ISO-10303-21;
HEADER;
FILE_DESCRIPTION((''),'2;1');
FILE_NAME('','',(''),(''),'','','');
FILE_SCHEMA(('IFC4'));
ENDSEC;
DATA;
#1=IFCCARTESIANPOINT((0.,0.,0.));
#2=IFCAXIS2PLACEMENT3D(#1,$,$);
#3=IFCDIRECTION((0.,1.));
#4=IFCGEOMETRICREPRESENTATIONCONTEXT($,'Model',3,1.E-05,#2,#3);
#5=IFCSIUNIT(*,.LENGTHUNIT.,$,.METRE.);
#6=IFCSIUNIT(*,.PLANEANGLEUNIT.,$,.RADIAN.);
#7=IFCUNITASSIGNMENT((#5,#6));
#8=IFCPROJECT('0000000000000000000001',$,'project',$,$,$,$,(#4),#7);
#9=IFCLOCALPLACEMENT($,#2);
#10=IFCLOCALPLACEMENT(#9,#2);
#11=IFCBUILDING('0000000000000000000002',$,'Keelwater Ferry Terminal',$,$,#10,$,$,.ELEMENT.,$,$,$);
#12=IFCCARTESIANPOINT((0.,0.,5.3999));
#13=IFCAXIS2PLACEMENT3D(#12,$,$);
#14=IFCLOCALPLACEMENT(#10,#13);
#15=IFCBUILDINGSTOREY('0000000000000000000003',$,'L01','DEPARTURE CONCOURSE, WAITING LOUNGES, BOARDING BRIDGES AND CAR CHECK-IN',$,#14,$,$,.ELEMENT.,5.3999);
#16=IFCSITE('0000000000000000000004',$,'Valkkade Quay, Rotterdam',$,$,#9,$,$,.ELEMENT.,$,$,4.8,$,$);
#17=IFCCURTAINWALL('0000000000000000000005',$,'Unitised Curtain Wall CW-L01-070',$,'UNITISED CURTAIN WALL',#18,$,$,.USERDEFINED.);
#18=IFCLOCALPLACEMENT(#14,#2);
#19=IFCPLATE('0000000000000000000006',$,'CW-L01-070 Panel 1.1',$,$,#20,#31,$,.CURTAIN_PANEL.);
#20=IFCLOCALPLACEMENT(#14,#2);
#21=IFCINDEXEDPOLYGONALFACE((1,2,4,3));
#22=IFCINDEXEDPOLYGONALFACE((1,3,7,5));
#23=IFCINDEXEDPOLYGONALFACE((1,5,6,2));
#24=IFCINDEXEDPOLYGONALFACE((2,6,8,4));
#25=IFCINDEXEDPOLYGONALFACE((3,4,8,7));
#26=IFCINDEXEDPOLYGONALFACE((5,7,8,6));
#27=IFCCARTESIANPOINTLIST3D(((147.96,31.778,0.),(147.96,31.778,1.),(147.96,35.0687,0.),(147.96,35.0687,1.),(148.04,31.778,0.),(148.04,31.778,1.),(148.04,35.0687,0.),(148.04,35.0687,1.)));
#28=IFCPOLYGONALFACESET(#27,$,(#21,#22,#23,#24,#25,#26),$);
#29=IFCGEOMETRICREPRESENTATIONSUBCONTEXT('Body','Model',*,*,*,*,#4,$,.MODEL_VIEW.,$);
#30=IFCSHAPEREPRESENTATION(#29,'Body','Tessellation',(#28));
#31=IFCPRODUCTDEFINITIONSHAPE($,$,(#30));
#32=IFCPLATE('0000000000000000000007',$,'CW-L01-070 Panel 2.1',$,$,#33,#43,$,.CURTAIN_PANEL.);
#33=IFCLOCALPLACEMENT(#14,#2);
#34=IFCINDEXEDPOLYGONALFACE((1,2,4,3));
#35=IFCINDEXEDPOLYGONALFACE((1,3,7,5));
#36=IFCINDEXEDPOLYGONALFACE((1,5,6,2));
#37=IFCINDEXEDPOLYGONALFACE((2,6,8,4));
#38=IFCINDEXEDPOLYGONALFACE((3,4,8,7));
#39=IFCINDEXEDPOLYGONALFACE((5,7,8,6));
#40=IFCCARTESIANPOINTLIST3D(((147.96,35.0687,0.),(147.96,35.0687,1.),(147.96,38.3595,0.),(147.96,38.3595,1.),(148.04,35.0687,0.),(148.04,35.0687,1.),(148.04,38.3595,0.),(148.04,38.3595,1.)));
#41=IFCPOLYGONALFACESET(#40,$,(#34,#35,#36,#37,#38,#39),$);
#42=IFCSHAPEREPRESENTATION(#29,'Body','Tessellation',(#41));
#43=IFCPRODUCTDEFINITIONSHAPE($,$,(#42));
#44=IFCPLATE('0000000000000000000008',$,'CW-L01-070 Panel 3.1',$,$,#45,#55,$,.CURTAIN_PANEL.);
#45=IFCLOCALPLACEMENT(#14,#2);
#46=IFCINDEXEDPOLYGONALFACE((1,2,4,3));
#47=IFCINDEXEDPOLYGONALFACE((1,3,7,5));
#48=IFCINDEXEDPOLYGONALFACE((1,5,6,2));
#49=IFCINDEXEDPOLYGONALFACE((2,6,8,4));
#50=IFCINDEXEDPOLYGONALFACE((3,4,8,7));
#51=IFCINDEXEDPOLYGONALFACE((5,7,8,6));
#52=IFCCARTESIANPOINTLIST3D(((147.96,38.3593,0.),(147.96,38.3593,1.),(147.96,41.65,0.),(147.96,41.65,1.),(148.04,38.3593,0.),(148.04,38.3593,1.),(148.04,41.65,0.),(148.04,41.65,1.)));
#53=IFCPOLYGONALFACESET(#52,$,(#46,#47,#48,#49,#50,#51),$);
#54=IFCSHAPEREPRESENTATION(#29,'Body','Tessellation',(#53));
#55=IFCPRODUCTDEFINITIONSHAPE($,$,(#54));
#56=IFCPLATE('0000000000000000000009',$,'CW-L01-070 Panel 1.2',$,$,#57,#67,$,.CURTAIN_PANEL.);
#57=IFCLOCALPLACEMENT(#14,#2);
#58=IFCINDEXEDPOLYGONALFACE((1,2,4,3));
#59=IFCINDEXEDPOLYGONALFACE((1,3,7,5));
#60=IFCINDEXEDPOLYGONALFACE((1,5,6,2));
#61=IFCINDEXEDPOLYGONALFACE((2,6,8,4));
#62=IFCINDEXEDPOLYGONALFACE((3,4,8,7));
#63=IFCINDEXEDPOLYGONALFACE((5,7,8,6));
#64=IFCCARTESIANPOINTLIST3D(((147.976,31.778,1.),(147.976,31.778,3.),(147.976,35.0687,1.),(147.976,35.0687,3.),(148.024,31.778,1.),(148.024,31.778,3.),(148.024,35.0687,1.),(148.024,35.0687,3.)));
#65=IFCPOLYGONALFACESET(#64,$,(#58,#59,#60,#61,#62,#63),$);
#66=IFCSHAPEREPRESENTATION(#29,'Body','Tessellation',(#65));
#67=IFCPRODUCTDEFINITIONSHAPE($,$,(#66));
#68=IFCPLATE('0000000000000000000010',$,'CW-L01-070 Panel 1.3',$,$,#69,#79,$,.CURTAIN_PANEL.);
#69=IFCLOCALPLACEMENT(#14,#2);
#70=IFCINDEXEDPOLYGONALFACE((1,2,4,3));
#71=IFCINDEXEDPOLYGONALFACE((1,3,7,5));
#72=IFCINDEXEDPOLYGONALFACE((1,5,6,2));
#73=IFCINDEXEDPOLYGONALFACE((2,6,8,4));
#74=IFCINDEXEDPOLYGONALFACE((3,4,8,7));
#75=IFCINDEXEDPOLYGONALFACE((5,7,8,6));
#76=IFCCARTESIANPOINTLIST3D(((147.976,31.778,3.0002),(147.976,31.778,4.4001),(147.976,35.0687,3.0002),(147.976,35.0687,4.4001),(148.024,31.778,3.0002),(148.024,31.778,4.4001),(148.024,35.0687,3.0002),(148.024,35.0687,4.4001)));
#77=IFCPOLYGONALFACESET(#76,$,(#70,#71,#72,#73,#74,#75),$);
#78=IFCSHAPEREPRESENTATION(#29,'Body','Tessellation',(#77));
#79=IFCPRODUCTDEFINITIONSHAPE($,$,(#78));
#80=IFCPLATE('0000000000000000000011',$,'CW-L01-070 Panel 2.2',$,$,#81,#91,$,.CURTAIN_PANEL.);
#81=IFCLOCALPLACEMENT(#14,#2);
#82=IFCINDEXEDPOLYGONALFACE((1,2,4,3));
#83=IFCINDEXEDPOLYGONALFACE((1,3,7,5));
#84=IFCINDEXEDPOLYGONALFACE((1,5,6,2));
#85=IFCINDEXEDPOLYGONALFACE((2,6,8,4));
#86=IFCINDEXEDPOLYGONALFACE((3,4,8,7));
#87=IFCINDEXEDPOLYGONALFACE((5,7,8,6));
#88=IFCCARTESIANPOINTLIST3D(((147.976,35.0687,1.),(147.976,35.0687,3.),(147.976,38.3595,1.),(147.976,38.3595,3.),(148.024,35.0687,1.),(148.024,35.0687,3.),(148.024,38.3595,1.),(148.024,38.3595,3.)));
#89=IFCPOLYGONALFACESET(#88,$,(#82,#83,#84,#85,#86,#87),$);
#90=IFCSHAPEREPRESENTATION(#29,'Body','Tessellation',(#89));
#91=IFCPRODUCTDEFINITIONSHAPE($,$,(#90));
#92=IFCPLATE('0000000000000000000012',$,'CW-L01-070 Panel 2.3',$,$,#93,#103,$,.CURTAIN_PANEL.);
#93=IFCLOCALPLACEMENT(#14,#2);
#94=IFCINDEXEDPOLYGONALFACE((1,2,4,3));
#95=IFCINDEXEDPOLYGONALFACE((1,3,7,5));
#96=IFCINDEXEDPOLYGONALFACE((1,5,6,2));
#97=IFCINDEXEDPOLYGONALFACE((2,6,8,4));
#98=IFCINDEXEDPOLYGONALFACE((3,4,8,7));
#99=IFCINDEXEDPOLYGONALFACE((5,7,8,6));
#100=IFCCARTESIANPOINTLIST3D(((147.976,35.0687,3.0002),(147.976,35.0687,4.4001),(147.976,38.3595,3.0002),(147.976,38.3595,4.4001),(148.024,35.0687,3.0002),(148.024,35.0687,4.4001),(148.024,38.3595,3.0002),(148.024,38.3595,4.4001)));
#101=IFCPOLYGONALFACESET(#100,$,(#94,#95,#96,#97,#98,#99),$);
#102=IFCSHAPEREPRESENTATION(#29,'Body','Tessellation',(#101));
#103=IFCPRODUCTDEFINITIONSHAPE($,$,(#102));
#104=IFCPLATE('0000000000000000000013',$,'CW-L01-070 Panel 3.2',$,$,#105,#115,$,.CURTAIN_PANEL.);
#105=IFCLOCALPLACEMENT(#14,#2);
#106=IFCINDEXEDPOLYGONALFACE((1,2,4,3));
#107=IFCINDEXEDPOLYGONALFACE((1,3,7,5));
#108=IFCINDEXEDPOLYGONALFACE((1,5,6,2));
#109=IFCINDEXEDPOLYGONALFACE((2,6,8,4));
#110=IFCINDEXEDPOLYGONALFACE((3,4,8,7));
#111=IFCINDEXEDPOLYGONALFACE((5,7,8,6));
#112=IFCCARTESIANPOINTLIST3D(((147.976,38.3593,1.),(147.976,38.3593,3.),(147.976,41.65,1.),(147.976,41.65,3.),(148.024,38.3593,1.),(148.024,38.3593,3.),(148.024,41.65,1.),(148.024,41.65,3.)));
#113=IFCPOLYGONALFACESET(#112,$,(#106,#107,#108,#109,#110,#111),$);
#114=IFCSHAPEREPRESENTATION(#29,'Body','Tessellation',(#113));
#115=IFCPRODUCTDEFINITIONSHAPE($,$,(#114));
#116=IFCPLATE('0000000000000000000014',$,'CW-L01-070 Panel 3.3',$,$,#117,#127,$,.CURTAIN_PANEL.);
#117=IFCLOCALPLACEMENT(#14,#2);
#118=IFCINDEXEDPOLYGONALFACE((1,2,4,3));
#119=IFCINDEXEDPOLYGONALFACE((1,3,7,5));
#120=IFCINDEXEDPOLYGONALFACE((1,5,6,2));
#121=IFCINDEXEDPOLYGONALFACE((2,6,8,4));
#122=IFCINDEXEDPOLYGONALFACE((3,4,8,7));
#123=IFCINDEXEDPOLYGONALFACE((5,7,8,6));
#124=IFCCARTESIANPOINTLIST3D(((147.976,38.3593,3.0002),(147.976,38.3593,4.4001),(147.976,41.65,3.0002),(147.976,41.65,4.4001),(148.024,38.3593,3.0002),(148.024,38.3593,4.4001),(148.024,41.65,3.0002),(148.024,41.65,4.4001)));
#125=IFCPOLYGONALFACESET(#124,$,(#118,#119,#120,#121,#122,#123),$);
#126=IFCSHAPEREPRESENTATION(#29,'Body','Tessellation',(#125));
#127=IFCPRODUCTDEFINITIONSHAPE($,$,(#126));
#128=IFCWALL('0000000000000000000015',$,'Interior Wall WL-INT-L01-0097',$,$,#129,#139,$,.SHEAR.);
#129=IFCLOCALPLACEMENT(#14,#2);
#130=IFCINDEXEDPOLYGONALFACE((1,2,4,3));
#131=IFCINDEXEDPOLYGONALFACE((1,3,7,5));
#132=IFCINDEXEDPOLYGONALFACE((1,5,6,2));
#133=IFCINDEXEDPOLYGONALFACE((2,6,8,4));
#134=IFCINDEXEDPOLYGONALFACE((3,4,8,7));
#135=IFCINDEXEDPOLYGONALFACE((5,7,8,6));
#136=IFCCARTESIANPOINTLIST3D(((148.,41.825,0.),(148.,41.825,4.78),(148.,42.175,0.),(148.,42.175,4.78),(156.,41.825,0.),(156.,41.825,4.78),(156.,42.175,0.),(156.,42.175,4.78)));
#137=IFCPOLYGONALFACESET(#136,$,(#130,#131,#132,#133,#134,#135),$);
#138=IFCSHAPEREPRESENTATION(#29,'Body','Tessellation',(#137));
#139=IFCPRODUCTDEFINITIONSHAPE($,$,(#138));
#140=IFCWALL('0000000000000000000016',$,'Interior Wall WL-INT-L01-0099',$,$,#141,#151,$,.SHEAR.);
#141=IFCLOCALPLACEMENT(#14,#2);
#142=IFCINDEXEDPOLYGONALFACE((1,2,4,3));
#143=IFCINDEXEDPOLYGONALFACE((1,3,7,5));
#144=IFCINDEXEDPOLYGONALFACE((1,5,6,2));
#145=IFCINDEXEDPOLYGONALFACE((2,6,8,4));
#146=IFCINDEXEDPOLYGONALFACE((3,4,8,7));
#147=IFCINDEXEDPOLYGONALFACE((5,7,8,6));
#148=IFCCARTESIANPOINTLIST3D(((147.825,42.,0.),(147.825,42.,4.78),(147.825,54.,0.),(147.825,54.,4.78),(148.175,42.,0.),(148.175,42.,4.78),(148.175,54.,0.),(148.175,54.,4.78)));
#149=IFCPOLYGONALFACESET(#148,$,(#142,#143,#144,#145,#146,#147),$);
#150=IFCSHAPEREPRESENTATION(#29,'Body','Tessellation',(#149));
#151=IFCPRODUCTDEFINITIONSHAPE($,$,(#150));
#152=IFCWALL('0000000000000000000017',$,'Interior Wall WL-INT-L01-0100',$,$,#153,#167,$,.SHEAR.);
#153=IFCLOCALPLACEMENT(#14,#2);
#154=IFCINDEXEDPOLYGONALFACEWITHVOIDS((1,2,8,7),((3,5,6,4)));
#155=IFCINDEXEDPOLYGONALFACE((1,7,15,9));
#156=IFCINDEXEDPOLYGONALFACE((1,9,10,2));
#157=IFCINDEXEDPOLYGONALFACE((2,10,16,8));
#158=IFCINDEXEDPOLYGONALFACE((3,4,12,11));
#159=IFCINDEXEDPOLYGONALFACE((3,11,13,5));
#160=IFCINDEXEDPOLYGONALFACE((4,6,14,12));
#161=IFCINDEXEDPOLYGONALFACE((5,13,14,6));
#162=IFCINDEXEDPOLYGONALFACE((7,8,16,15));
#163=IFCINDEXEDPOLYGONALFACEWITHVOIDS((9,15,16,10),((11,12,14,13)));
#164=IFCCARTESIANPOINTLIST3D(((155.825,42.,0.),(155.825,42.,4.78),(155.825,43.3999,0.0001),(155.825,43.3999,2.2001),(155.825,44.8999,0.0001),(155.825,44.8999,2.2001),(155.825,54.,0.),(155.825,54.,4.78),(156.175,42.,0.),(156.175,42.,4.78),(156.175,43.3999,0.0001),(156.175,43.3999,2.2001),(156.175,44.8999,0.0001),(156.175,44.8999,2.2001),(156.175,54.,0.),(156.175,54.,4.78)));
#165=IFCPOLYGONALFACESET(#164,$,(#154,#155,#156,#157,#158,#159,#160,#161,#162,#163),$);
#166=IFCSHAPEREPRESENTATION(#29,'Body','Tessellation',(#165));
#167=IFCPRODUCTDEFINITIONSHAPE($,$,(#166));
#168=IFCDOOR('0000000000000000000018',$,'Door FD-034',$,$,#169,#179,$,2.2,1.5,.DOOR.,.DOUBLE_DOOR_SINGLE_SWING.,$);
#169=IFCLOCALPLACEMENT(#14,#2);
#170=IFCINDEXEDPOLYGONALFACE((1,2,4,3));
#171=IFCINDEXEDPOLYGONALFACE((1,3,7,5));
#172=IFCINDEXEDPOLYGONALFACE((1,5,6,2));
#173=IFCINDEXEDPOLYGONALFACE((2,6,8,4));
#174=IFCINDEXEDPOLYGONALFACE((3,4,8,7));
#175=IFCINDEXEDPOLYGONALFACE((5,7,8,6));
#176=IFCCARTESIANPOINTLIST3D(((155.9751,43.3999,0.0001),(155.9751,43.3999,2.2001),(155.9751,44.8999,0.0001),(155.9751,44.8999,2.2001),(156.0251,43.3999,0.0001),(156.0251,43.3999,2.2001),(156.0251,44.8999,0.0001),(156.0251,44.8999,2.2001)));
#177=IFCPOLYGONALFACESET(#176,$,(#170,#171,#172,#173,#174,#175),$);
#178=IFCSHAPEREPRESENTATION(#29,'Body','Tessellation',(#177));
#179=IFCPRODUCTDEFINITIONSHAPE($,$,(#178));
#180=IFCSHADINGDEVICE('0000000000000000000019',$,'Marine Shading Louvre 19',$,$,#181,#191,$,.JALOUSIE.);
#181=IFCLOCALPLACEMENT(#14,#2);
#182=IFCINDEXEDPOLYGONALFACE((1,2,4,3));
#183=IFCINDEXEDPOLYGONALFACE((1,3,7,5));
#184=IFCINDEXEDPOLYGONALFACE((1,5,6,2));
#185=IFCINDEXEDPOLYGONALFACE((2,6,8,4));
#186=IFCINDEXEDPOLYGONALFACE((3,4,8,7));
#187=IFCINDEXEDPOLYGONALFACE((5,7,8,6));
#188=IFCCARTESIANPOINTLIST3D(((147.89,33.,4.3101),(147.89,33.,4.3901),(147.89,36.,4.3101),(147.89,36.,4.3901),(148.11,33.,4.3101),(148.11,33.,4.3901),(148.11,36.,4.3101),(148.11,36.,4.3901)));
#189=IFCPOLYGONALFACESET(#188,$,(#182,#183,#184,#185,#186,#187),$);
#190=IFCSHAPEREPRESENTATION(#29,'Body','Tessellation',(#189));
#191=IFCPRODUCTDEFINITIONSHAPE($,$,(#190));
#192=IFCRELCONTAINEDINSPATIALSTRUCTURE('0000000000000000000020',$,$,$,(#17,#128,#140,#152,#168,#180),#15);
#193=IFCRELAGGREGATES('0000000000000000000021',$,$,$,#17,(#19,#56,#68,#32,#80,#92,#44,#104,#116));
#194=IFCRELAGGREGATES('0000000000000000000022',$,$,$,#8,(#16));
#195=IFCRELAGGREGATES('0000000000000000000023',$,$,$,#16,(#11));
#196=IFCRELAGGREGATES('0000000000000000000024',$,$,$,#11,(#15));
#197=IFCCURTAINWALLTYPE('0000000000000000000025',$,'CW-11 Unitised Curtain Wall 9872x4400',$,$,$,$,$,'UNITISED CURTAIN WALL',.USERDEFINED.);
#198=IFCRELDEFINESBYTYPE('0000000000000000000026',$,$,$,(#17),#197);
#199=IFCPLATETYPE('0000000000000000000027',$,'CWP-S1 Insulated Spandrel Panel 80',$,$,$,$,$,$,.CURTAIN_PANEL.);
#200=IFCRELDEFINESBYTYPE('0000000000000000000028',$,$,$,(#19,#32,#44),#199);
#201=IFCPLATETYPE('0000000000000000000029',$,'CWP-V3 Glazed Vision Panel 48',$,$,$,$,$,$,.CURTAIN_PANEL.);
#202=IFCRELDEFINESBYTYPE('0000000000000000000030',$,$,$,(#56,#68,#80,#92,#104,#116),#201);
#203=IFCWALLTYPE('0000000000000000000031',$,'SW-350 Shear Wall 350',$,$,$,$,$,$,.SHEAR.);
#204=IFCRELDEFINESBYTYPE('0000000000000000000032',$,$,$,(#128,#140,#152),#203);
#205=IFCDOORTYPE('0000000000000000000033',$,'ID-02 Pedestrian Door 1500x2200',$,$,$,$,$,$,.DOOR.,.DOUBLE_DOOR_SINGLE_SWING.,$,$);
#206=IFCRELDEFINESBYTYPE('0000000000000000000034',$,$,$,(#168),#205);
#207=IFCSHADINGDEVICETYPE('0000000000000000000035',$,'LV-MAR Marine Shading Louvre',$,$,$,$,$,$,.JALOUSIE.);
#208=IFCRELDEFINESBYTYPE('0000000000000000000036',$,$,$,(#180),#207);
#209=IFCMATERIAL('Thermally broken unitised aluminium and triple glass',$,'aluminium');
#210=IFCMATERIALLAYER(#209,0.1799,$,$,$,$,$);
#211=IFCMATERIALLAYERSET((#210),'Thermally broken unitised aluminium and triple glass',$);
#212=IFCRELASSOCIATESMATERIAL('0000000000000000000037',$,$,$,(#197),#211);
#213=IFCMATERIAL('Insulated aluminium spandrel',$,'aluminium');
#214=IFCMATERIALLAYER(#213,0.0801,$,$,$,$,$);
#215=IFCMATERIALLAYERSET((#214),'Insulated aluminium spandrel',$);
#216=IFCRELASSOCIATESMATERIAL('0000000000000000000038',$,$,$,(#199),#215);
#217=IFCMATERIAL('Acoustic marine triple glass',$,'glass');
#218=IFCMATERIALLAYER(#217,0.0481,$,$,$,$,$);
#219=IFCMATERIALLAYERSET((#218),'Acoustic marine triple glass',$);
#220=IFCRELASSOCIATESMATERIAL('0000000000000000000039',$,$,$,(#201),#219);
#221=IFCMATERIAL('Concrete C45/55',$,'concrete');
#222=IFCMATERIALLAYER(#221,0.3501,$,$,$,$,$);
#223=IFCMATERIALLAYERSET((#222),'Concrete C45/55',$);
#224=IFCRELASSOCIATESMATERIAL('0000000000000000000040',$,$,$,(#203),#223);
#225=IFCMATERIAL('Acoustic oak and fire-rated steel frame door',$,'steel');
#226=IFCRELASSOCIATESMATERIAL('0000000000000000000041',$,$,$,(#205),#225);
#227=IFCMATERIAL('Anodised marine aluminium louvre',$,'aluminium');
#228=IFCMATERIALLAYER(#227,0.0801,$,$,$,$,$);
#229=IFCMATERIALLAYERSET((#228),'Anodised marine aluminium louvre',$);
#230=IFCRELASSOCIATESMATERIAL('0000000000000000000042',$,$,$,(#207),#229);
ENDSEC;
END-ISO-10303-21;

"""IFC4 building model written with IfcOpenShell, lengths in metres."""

from ifc_helpers import new_model, si_unit, direction, frame, frame_2d, origin, origin_2d, place, context, subcontext, project, spatial, rectangle, extrude, material, layer, layer_set, type_object, element, fill, aggregate, save


model = new_model("IFC4")

# Units and contexts
model_context = context("Model", 3, precision=1e-05, world=origin(), true_north=direction((0.0, 1.0)))
body_context = subcontext(model_context, "Body", "Model", "MODEL_VIEW")
ifc_project = project(units=[si_unit("LENGTHUNIT", "METRE"), si_unit("PLANEANGLEUNIT", "RADIAN")], contexts=[model_context])

# Site, building, storey
site_placement = place(None, origin())
site = spatial("IfcSite", under=ifc_project, at=site_placement, Name="Valkkade Quay, Rotterdam", CompositionType="ELEMENT", RefElevation=4.8)
building_placement = place(site_placement, origin())
building = spatial("IfcBuilding", under=site, at=building_placement, Name="Keelwater Ferry Terminal", CompositionType="ELEMENT")
storey_placement = place(building_placement, frame((0.0, 0.0, 5.3999)))
storey = spatial("IfcBuildingStorey", under=building, at=storey_placement, Name="L01", Description="DEPARTURE CONCOURSE, WAITING LOUNGES, BOARDING BRIDGES AND CAR CHECK-IN", CompositionType="ELEMENT", Elevation=5.3999)

# Curtain wall
ifc_material_1 = material(Name="Thermally broken unitised aluminium and triple glass", Category="aluminium")
ifc_layer_1 = layer(ifc_material_1, 0.1799)
ifc_layer_set_1 = layer_set([ifc_layer_1], Name="Thermally broken unitised aluminium and triple glass")
curtain_wall_type = type_object("IfcCurtainWallType", Name="CW-11 Unitised Curtain Wall 9872x4400", ElementType="UNITISED CURTAIN WALL", PredefinedType="USERDEFINED", material=ifc_layer_set_1)
curtain_wall_placement = place(storey_placement, origin())
curtain_wall = element("IfcCurtainWall", 1, at=curtain_wall_placement, inside=storey, type_object=curtain_wall_type, Name="Unitised Curtain Wall CW-L01-070", ObjectType="UNITISED CURTAIN WALL", PredefinedType="USERDEFINED")

# Plates
ifc_material_2 = material(Name="Insulated aluminium spandrel", Category="aluminium")
ifc_layer_2 = layer(ifc_material_2, 0.0801)
ifc_layer_set_2 = layer_set([ifc_layer_2], Name="Insulated aluminium spandrel")
plate_type_1 = type_object("IfcPlateType", Name="CWP-S1 Insulated Spandrel Panel 80", PredefinedType="CURTAIN_PANEL", material=ifc_layer_set_2)
plate_1_placement = place(storey_placement, frame((148.0, 33.4233, 0.0), z_axis=(0.0, 0.0, 1.0), x_axis=(0.0, 1.0, 0.0)))
plate_1 = element("IfcPlate", 2, at=plate_1_placement, type_object=plate_type_1, Name="CW-L01-070 Panel 1.1", PredefinedType="CURTAIN_PANEL", context=body_context, shape_type="SweptSolid", body=[
    extrude(rectangle(XDim=3.2908, YDim=0.0801, at=origin_2d()), origin(), (0.0, 0.0, 1.0), 1.0),
])
plate_2_placement = place(storey_placement, frame((148.0, 36.7141, 0.0), z_axis=(0.0, 0.0, 1.0), x_axis=(0.0, 1.0, 0.0)))
plate_2 = element("IfcPlate", 3, at=plate_2_placement, type_object=plate_type_1, Name="CW-L01-070 Panel 2.1", PredefinedType="CURTAIN_PANEL", context=body_context, shape_type="SweptSolid", body=[
    extrude(rectangle(XDim=3.2908, YDim=0.0801, at=origin_2d()), origin(), (0.0, 0.0, 1.0), 1.0),
])
plate_3_placement = place(storey_placement, frame((148.0, 40.0046, 0.0), z_axis=(0.0, 0.0, 1.0), x_axis=(0.0, 1.0, 0.0)))
plate_3 = element("IfcPlate", 4, at=plate_3_placement, type_object=plate_type_1, Name="CW-L01-070 Panel 3.1", PredefinedType="CURTAIN_PANEL", context=body_context, shape_type="SweptSolid", body=[
    extrude(rectangle(XDim=3.2908, YDim=0.0801, at=origin_2d()), origin(), (0.0, 0.0, 1.0), 1.0),
])
ifc_material_3 = material(Name="Acoustic marine triple glass", Category="glass")
ifc_layer_3 = layer(ifc_material_3, 0.0481)
ifc_layer_set_3 = layer_set([ifc_layer_3], Name="Acoustic marine triple glass")
plate_type_2 = type_object("IfcPlateType", Name="CWP-V3 Glazed Vision Panel 48", PredefinedType="CURTAIN_PANEL", material=ifc_layer_set_3)
plate_4_placement = place(storey_placement, frame((148.0, 33.4233, 1.0), z_axis=(0.0, 0.0, 1.0), x_axis=(0.0, 1.0, 0.0)))
plate_4 = element("IfcPlate", 5, at=plate_4_placement, type_object=plate_type_2, Name="CW-L01-070 Panel 1.2", PredefinedType="CURTAIN_PANEL", context=body_context, shape_type="SweptSolid", body=[
    extrude(rectangle(XDim=3.2908, YDim=0.0481, at=origin_2d()), origin(), (0.0, 0.0, 1.0), 2.0),
])
plate_5_placement = place(storey_placement, frame((148.0, 33.4233, 3.0002), z_axis=(0.0, 0.0, 1.0), x_axis=(0.0, 1.0, 0.0)))
plate_5 = element("IfcPlate", 6, at=plate_5_placement, type_object=plate_type_2, Name="CW-L01-070 Panel 1.3", PredefinedType="CURTAIN_PANEL", context=body_context, shape_type="SweptSolid", body=[
    extrude(rectangle(XDim=3.2908, YDim=0.0481, at=origin_2d()), origin(), (0.0, 0.0, 1.0), 1.3999),
])
plate_6_placement = place(storey_placement, frame((148.0, 36.7141, 1.0), z_axis=(0.0, 0.0, 1.0), x_axis=(0.0, 1.0, 0.0)))
plate_6 = element("IfcPlate", 7, at=plate_6_placement, type_object=plate_type_2, Name="CW-L01-070 Panel 2.2", PredefinedType="CURTAIN_PANEL", context=body_context, shape_type="SweptSolid", body=[
    extrude(rectangle(XDim=3.2908, YDim=0.0481, at=origin_2d()), origin(), (0.0, 0.0, 1.0), 2.0),
])
plate_7_placement = place(storey_placement, frame((148.0, 36.7141, 3.0002), z_axis=(0.0, 0.0, 1.0), x_axis=(0.0, 1.0, 0.0)))
plate_7 = element("IfcPlate", 8, at=plate_7_placement, type_object=plate_type_2, Name="CW-L01-070 Panel 2.3", PredefinedType="CURTAIN_PANEL", context=body_context, shape_type="SweptSolid", body=[
    extrude(rectangle(XDim=3.2908, YDim=0.0481, at=origin_2d()), origin(), (0.0, 0.0, 1.0), 1.3999),
])
plate_8_placement = place(storey_placement, frame((148.0, 40.0046, 1.0), z_axis=(0.0, 0.0, 1.0), x_axis=(0.0, 1.0, 0.0)))
plate_8 = element("IfcPlate", 9, at=plate_8_placement, type_object=plate_type_2, Name="CW-L01-070 Panel 3.2", PredefinedType="CURTAIN_PANEL", context=body_context, shape_type="SweptSolid", body=[
    extrude(rectangle(XDim=3.2908, YDim=0.0481, at=origin_2d()), origin(), (0.0, 0.0, 1.0), 2.0),
])
plate_9_placement = place(storey_placement, frame((148.0, 40.0046, 3.0002), z_axis=(0.0, 0.0, 1.0), x_axis=(0.0, 1.0, 0.0)))
plate_9 = element("IfcPlate", 10, at=plate_9_placement, type_object=plate_type_2, Name="CW-L01-070 Panel 3.3", PredefinedType="CURTAIN_PANEL", context=body_context, shape_type="SweptSolid", body=[
    extrude(rectangle(XDim=3.2908, YDim=0.0481, at=origin_2d()), origin(), (0.0, 0.0, 1.0), 1.3999),
])
aggregate(curtain_wall, [plate_1, plate_4, plate_5, plate_2, plate_6, plate_7, plate_3, plate_8, plate_9])

# Walls
ifc_material_4 = material(Name="Concrete C45/55", Category="concrete")
ifc_layer_4 = layer(ifc_material_4, 0.3501)
ifc_layer_set_4 = layer_set([ifc_layer_4], Name="Concrete C45/55")
wall_type = type_object("IfcWallType", Name="SW-350 Shear Wall 350", PredefinedType="SHEAR", material=ifc_layer_set_4)
wall_1_placement = place(storey_placement, frame((148.0, 42.0, 0.0), z_axis=(0.0, 0.0, 1.0), x_axis=(1.0, 0.0, 0.0)))
element("IfcWall", 11, at=wall_1_placement, inside=storey, type_object=wall_type, Name="Interior Wall WL-INT-L01-0097", PredefinedType="SHEAR", context=body_context, shape_type="SweptSolid", body=[
    extrude(rectangle(XDim=8.0, YDim=0.3501, at=frame_2d((4.0, 0.0))), origin(), (0.0, 0.0, 1.0), 4.78),
])
wall_2_placement = place(storey_placement, frame((148.0, 42.0, 0.0), z_axis=(0.0, 0.0, 1.0), x_axis=(0.0, 1.0, 0.0)))
element("IfcWall", 12, at=wall_2_placement, inside=storey, type_object=wall_type, Name="Interior Wall WL-INT-L01-0099", PredefinedType="SHEAR", context=body_context, shape_type="SweptSolid", body=[
    extrude(rectangle(XDim=12.0, YDim=0.3501, at=frame_2d((6.0, 0.0))), origin(), (0.0, 0.0, 1.0), 4.78),
])

# Wall, opening, door
wall_3_placement = place(storey_placement, frame((156.0, 42.0, 0.0), z_axis=(0.0, 0.0, 1.0), x_axis=(0.0, 1.0, 0.0)))
wall_3 = element("IfcWall", 13, at=wall_3_placement, inside=storey, type_object=wall_type, Name="Interior Wall WL-INT-L01-0100", PredefinedType="SHEAR", context=body_context, shape_type="SweptSolid", body=[
    extrude(rectangle(XDim=12.0, YDim=0.3501, at=frame_2d((6.0, 0.0))), origin(), (0.0, 0.0, 1.0), 4.78),
])
opening_placement = place(wall_3_placement, frame((1.3999, 0.0, 0.0)))
opening = element("IfcOpeningElement", 14, at=opening_placement, cuts=wall_3, PredefinedType="OPENING", context=body_context, shape_type="SweptSolid", body=[
    extrude(rectangle(XDim=1.5, YDim=2.2, at=frame_2d((0.75, 1.1001))), frame((0.0, 0.1851, 0.0), z_axis=(0.0, -1.0, 0.0), x_axis=(1.0, 0.0, 0.0)), (0.0, 0.0, 1.0), 0.3701),
])
ifc_material_5 = material(Name="Acoustic oak and fire-rated steel frame door", Category="steel")
door_type = type_object("IfcDoorType", Name="ID-02 Pedestrian Door 1500x2200", OperationType="DOUBLE_DOOR_SINGLE_SWING", PredefinedType="DOOR", material=ifc_material_5)
door_placement = place(opening_placement, origin())
door = element("IfcDoor", 15, at=door_placement, inside=storey, type_object=door_type, Name="Door FD-034", OperationType="DOUBLE_DOOR_SINGLE_SWING", OverallHeight=2.2, OverallWidth=1.5, PredefinedType="DOOR", context=body_context, shape_type="SweptSolid", body=[
    extrude(rectangle(XDim=1.5, YDim=2.2, at=frame_2d((0.75, 1.1001))), frame((0.0, 0.0249, 0.0), z_axis=(0.0, -1.0, 0.0), x_axis=(1.0, 0.0, 0.0)), (0.0, 0.0, 1.0), 0.05),
])
fill(opening, door)

# Shading device
ifc_material_6 = material(Name="Anodised marine aluminium louvre", Category="aluminium")
ifc_layer_5 = layer(ifc_material_6, 0.0801)
ifc_layer_set_5 = layer_set([ifc_layer_5], Name="Anodised marine aluminium louvre")
shading_device_type = type_object("IfcShadingDeviceType", Name="LV-MAR Marine Shading Louvre", PredefinedType="JALOUSIE", material=ifc_layer_set_5)
for number, where, z_axis, x_axis, name in (
    (16, (148.0, 34.5, 4.3101), (0.0, 0.0, 1.0), (1.0, 0.0, 0.0), "Marine Shading Louvre 19"),
):
    element("IfcShadingDevice", number, at=place(storey_placement, frame(where, z_axis=z_axis, x_axis=x_axis)), inside=storey, type_object=shading_device_type, Name=name, PredefinedType="JALOUSIE", context=body_context, shape_type="SweptSolid", body=[
        extrude(rectangle(XDim=0.22, YDim=3.0, at=origin_2d()), origin(), (0.0, 0.0, 1.0), 0.0801),
    ])

save(model, "model.ifc")
